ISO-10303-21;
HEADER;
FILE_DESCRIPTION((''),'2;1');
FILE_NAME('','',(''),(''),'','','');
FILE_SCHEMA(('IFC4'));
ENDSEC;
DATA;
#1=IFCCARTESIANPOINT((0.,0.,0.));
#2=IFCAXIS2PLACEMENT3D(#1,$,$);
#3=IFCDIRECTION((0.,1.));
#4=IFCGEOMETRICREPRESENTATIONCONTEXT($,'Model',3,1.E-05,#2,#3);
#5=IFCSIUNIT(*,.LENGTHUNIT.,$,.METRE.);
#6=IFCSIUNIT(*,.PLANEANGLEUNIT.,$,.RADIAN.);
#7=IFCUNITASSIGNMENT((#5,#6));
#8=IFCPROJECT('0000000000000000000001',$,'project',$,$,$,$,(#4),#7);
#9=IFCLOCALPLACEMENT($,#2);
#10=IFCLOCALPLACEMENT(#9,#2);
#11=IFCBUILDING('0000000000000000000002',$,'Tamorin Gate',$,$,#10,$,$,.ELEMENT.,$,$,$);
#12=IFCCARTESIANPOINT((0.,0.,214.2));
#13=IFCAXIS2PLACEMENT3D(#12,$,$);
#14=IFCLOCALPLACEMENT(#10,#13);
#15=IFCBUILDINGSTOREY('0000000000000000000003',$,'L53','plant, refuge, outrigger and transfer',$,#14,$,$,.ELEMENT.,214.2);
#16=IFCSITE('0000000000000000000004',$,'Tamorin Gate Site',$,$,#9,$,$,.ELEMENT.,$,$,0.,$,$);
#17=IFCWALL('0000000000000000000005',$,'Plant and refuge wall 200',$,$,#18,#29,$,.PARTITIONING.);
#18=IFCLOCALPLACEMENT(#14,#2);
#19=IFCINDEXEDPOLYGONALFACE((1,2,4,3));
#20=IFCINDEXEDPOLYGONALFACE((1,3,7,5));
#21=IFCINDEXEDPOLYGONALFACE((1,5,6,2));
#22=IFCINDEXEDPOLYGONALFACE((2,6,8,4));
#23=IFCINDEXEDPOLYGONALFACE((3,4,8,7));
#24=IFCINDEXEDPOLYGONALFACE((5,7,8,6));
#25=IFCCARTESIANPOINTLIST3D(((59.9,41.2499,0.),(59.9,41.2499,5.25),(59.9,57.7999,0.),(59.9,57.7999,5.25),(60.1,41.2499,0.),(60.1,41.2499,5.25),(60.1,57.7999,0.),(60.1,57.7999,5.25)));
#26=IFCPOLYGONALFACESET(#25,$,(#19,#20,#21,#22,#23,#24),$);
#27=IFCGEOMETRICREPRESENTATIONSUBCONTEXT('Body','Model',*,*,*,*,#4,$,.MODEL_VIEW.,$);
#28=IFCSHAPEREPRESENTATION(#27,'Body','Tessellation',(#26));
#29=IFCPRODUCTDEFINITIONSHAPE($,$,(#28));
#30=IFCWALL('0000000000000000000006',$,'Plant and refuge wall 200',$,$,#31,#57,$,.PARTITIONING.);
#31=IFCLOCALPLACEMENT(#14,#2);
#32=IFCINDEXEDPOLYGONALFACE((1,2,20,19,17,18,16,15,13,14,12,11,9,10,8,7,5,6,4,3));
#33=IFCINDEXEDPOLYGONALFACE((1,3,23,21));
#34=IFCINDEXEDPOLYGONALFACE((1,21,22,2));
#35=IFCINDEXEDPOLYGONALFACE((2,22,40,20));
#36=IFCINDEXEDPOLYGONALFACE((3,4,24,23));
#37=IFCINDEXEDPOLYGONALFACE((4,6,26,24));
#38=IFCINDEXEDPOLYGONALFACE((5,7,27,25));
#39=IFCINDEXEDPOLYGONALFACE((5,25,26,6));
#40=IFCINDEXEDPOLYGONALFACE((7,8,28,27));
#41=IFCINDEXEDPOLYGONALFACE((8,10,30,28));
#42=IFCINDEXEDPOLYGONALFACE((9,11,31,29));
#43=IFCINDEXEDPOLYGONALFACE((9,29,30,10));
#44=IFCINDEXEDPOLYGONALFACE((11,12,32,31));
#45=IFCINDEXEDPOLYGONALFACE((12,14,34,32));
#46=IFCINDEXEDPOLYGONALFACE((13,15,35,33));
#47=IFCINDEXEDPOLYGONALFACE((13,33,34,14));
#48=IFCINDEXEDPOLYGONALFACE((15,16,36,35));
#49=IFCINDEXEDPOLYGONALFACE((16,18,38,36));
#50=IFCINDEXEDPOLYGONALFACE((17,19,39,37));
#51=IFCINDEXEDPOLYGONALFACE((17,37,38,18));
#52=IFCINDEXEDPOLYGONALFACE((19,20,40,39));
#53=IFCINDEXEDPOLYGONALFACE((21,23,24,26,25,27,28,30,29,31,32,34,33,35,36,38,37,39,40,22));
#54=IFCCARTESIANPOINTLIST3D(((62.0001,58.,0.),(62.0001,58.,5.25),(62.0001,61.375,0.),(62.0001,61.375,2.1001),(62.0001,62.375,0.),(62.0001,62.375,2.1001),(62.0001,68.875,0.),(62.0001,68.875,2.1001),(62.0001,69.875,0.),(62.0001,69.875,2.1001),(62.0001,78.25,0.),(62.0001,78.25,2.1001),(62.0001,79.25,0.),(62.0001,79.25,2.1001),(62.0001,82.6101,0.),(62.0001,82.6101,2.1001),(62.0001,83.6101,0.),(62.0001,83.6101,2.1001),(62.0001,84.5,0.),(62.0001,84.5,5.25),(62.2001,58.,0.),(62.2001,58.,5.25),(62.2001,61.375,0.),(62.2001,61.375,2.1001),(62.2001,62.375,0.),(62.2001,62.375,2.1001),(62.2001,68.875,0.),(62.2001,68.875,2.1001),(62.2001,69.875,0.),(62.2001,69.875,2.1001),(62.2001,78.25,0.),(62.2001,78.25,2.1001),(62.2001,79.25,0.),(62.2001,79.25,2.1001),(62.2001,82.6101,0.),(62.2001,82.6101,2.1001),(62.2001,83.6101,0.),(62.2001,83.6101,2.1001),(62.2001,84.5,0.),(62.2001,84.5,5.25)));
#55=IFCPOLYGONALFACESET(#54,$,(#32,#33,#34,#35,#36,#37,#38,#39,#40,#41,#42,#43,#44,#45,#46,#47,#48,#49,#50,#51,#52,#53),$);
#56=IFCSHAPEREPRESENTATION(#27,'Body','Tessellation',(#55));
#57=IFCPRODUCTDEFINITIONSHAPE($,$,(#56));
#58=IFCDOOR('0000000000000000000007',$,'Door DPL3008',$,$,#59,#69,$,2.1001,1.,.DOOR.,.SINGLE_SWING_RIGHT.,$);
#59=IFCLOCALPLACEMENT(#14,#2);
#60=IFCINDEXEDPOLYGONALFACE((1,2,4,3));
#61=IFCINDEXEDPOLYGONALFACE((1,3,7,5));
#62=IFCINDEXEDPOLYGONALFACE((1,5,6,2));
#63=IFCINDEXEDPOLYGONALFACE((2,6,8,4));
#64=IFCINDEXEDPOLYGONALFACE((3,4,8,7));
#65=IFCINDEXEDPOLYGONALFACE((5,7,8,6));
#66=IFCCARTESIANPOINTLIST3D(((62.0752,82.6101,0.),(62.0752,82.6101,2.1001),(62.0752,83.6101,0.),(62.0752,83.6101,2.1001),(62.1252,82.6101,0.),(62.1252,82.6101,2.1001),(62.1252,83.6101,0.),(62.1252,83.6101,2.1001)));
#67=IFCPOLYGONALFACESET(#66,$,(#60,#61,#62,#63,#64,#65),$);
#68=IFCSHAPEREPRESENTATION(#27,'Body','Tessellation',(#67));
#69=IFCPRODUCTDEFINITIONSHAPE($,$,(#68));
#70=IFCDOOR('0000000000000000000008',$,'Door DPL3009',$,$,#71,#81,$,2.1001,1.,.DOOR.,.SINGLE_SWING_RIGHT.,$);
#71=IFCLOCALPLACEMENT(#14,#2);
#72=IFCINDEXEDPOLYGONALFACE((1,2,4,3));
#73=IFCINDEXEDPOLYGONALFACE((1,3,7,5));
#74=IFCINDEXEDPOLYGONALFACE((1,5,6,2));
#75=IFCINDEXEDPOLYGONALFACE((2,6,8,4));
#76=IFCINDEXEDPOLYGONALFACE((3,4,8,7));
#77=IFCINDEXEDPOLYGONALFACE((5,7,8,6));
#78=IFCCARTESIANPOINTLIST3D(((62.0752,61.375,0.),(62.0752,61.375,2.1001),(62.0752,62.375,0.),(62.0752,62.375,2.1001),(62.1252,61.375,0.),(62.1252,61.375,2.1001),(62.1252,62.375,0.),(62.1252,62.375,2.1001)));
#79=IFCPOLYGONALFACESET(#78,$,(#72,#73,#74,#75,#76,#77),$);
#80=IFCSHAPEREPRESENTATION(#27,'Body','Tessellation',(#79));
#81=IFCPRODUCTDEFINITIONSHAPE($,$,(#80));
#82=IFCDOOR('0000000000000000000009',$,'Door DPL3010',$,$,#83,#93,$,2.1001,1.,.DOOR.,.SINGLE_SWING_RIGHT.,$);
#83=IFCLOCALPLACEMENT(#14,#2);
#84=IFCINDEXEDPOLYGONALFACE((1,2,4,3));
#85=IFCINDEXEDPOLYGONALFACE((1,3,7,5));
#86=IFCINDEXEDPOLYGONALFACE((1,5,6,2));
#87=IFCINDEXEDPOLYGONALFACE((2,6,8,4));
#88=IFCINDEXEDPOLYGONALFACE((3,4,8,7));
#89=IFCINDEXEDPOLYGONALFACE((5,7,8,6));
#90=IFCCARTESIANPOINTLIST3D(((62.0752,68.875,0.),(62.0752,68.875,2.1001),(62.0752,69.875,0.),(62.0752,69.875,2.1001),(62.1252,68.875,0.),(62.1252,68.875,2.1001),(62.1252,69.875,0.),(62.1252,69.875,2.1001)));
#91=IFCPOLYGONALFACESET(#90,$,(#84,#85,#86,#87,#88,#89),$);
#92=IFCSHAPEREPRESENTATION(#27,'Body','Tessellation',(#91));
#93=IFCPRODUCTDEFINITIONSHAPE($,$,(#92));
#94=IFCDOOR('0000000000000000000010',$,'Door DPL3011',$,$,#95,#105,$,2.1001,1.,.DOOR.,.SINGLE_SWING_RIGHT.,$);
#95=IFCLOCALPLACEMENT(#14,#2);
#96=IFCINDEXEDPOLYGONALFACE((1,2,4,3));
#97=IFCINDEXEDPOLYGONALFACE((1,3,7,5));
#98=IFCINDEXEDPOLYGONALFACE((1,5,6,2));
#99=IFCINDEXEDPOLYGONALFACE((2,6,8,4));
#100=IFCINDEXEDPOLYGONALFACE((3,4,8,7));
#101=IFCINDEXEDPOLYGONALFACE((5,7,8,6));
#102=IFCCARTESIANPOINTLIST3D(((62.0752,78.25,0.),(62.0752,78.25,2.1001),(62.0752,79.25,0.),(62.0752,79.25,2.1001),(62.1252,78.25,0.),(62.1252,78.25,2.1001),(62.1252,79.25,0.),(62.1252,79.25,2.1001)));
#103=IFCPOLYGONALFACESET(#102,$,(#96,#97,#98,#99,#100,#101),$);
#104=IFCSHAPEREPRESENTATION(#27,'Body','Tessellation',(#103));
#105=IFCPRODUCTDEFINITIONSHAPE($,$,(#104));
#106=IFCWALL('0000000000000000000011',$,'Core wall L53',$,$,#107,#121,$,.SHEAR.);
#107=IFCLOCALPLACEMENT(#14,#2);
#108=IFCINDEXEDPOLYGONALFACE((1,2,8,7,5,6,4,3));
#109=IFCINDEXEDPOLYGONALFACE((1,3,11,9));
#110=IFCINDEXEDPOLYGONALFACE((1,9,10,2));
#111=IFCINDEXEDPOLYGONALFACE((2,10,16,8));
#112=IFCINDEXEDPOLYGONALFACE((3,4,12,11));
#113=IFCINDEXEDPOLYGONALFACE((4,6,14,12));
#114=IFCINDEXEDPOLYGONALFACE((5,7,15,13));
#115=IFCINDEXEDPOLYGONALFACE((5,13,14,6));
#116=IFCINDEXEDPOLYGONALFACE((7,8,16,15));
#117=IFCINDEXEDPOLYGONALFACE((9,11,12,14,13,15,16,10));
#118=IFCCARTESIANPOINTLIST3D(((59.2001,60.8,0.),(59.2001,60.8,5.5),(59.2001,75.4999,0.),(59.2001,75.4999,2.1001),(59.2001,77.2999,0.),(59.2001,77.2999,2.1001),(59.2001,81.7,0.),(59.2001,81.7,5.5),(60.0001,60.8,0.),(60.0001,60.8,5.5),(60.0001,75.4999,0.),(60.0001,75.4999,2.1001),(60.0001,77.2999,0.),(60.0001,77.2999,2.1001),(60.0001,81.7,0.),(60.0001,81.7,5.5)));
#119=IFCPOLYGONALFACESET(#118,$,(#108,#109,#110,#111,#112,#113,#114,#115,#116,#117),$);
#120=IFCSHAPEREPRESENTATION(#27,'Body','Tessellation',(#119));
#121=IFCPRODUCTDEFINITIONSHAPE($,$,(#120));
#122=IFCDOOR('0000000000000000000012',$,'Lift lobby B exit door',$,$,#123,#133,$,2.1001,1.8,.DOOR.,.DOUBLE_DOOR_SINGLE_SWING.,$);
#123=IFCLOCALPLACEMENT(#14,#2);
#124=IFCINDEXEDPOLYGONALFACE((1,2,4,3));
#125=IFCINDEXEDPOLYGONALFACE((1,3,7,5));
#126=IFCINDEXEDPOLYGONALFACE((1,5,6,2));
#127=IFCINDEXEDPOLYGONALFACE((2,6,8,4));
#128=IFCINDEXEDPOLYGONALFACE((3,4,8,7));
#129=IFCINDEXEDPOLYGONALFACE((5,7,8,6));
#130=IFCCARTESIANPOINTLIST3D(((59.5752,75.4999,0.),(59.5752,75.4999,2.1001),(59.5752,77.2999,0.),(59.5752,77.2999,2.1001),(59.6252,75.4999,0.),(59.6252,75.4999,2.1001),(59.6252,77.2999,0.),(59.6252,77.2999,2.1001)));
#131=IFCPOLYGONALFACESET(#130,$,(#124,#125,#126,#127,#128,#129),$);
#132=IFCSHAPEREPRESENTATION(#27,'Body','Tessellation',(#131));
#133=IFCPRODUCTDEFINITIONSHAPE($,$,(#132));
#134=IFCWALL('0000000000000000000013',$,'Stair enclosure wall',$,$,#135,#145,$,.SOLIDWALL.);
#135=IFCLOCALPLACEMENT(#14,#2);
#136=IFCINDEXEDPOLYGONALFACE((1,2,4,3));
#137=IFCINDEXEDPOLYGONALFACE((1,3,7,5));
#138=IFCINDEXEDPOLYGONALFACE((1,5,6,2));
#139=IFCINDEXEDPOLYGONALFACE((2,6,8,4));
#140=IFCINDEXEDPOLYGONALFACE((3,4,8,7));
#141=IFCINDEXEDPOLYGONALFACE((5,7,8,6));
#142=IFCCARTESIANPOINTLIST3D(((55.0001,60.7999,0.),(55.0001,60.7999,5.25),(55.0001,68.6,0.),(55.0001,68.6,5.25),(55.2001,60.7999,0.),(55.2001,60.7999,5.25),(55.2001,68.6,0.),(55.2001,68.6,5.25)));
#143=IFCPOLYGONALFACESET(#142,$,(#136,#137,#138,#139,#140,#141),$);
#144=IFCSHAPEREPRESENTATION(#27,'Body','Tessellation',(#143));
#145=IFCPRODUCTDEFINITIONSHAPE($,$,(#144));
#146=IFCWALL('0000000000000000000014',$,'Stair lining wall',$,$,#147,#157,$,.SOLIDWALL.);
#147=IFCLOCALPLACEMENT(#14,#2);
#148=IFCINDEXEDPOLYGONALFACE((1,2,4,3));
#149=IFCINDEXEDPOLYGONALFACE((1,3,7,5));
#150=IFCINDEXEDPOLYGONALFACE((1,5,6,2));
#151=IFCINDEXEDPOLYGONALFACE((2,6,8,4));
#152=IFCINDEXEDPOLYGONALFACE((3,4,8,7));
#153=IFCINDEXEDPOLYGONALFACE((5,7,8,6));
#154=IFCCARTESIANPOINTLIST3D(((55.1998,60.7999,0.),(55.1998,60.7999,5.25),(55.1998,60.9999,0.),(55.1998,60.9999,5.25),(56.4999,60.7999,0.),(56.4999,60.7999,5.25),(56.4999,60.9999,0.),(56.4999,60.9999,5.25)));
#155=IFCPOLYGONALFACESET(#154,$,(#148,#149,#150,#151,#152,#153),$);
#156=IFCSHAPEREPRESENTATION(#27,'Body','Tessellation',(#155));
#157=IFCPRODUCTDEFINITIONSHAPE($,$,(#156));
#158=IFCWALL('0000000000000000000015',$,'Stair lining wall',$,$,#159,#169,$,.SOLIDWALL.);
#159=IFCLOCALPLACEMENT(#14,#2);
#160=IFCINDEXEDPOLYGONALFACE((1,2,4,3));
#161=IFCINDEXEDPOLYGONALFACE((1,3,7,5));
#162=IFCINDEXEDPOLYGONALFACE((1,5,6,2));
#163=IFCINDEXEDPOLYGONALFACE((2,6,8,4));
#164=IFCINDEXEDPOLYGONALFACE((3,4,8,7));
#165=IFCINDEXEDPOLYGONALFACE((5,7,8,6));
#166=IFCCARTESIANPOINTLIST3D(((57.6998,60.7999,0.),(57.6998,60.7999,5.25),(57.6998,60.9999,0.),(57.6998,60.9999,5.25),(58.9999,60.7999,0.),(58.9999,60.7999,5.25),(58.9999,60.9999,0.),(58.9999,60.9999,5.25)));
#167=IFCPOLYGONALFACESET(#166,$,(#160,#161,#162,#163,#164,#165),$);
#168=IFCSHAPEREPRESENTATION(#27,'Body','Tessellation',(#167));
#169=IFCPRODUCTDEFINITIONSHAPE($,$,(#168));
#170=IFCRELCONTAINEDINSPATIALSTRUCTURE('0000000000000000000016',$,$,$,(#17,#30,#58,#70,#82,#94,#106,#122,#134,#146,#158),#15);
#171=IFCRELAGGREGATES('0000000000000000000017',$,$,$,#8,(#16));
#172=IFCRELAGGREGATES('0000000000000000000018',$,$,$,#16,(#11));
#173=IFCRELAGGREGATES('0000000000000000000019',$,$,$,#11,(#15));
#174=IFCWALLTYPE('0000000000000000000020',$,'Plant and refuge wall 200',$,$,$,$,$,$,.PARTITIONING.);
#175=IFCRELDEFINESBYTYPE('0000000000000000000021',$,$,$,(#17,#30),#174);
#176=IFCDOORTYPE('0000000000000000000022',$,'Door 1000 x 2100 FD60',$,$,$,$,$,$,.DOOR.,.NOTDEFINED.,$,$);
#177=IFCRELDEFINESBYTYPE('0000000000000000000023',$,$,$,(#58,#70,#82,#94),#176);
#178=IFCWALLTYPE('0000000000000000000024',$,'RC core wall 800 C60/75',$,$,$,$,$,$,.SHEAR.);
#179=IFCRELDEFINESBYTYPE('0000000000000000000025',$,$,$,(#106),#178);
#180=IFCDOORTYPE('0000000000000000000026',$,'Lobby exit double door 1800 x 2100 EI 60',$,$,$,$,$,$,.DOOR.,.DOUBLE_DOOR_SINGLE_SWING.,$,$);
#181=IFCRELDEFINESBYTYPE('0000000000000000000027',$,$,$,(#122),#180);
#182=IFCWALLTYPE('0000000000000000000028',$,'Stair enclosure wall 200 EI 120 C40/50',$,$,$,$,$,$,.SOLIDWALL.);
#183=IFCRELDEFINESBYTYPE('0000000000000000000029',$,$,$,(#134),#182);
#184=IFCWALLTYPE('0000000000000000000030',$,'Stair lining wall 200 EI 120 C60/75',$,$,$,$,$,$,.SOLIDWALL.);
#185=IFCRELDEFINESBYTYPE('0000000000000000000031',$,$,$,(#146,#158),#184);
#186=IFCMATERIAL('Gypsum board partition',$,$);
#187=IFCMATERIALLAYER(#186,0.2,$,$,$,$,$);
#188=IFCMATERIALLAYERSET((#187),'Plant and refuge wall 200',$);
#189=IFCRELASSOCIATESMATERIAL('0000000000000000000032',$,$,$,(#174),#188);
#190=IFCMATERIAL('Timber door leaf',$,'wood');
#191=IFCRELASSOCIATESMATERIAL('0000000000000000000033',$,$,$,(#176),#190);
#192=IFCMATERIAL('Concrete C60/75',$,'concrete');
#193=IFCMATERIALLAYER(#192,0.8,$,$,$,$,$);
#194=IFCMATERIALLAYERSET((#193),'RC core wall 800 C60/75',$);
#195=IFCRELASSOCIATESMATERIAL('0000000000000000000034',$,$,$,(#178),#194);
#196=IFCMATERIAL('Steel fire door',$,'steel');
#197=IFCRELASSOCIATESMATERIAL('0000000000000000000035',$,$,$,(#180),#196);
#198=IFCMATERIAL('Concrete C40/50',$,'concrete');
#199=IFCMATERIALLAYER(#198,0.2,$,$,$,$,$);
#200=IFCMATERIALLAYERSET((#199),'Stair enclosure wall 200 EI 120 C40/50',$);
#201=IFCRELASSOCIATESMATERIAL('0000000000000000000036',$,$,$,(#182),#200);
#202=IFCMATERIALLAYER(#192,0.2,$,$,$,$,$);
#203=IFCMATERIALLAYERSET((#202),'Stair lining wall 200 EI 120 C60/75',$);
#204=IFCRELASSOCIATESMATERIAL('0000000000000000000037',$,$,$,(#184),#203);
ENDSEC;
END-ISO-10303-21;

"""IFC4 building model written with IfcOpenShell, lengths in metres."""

from ifc_helpers import new_model, si_unit, direction, frame, frame_2d, origin, place, context, subcontext, project, spatial, rectangle, extrude, material, layer, layer_set, type_object, element, fill, save


model = new_model("IFC4")

# Units and contexts
model_context = context("Model", 3, precision=1e-05, world=origin(), true_north=direction((0.0, 1.0)))
body_context = subcontext(model_context, "Body", "Model", "MODEL_VIEW")
ifc_project = project(units=[si_unit("LENGTHUNIT", "METRE"), si_unit("PLANEANGLEUNIT", "RADIAN")], contexts=[model_context])

# Site, building, storey
site_placement = place(None, origin())
site = spatial("IfcSite", under=ifc_project, at=site_placement, Name="Tamorin Gate Site", CompositionType="ELEMENT", RefElevation=0.0)
building_placement = place(site_placement, origin())
building = spatial("IfcBuilding", under=site, at=building_placement, Name="Tamorin Gate", CompositionType="ELEMENT")
storey_placement = place(building_placement, frame((0.0, 0.0, 214.2)))
storey = spatial("IfcBuildingStorey", under=building, at=storey_placement, Name="L53", Description="plant, refuge, outrigger and transfer", CompositionType="ELEMENT", Elevation=214.2)

# Shared definitions
ifc_material_1 = material(Name="Concrete C60/75", Category="concrete")

# Wall
ifc_material_2 = material(Name="Gypsum board partition")
ifc_layer_1 = layer(ifc_material_2, 0.2)
ifc_layer_set_1 = layer_set([ifc_layer_1], Name="Plant and refuge wall 200")
wall_type_1 = type_object("IfcWallType", Name="Plant and refuge wall 200", PredefinedType="PARTITIONING", material=ifc_layer_set_1)
wall_1_placement = place(storey_placement, frame((60.0, 41.25, 0.0), z_axis=(0.0, 0.0, 1.0), x_axis=(0.0, 1.0, 0.0)))
element("IfcWall", 1, at=wall_1_placement, inside=storey, type_object=wall_type_1, Name="Plant and refuge wall 200", PredefinedType="PARTITIONING", context=body_context, shape_type="SweptSolid", body=[
    extrude(rectangle(XDim=16.55, YDim=0.2, at=frame_2d((8.2749, 0.0))), origin(), (0.0, 0.0, 1.0), 5.25),
])

# Wall, openings, doors
wall_2_placement = place(storey_placement, frame((62.1001, 58.0, 0.0), z_axis=(0.0, 0.0, 1.0), x_axis=(0.0, 1.0, 0.0)))
wall_2 = element("IfcWall", 2, at=wall_2_placement, inside=storey, type_object=wall_type_1, Name="Plant and refuge wall 200", PredefinedType="PARTITIONING", context=body_context, shape_type="SweptSolid", body=[
    extrude(rectangle(XDim=26.5, YDim=0.2, at=frame_2d((13.25, 0.0))), origin(), (0.0, 0.0, 1.0), 5.25),
])
opening_1_placement = place(wall_2_placement, frame((24.6101, 0.0, 0.0)))
opening_1 = element("IfcOpeningElement", 3, at=opening_1_placement, cuts=wall_2, PredefinedType="OPENING", context=body_context, shape_type="SweptSolid", body=[
    extrude(rectangle(XDim=1.0, YDim=2.1001, at=frame_2d((0.5, 1.05))), frame((0.0, 0.1099, 0.0), z_axis=(0.0, -1.0, 0.0), x_axis=(1.0, 0.0, 0.0)), (0.0, 0.0, 1.0), 0.22),
])
opening_2_placement = place(wall_2_placement, frame((3.375, 0.0, 0.0)))
opening_2 = element("IfcOpeningElement", 4, at=opening_2_placement, cuts=wall_2, PredefinedType="OPENING", context=body_context, shape_type="SweptSolid", body=[
    extrude(rectangle(XDim=1.0, YDim=2.1001, at=frame_2d((0.5, 1.05))), frame((0.0, 0.1099, 0.0), z_axis=(0.0, -1.0, 0.0), x_axis=(1.0, 0.0, 0.0)), (0.0, 0.0, 1.0), 0.22),
])
opening_3_placement = place(wall_2_placement, frame((10.875, 0.0, 0.0)))
opening_3 = element("IfcOpeningElement", 5, at=opening_3_placement, cuts=wall_2, PredefinedType="OPENING", context=body_context, shape_type="SweptSolid", body=[
    extrude(rectangle(XDim=1.0, YDim=2.1001, at=frame_2d((0.5, 1.05))), frame((0.0, 0.1099, 0.0), z_axis=(0.0, -1.0, 0.0), x_axis=(1.0, 0.0, 0.0)), (0.0, 0.0, 1.0), 0.22),
])
opening_4_placement = place(wall_2_placement, frame((20.25, 0.0, 0.0)))
opening_4 = element("IfcOpeningElement", 6, at=opening_4_placement, cuts=wall_2, PredefinedType="OPENING", context=body_context, shape_type="SweptSolid", body=[
    extrude(rectangle(XDim=1.0, YDim=2.1001, at=frame_2d((0.5, 1.05))), frame((0.0, 0.1099, 0.0), z_axis=(0.0, -1.0, 0.0), x_axis=(1.0, 0.0, 0.0)), (0.0, 0.0, 1.0), 0.22),
])
ifc_material_3 = material(Name="Timber door leaf", Category="wood")
door_type_1 = type_object("IfcDoorType", Name="Door 1000 x 2100 FD60", OperationType="NOTDEFINED", PredefinedType="DOOR", material=ifc_material_3)
door_1_placement = place(opening_1_placement, origin())
door_1 = element("IfcDoor", 7, at=door_1_placement, inside=storey, type_object=door_type_1, Name="Door DPL3008", OperationType="SINGLE_SWING_RIGHT", OverallHeight=2.1001, OverallWidth=1.0, PredefinedType="DOOR", context=body_context, shape_type="SweptSolid", body=[
    extrude(rectangle(XDim=1.0, YDim=2.1001, at=frame_2d((0.5, 1.05))), frame((0.0, 0.0249, 0.0), z_axis=(0.0, -1.0, 0.0), x_axis=(1.0, 0.0, 0.0)), (0.0, 0.0, 1.0), 0.05),
])
fill(opening_1, door_1)
door_2_placement = place(opening_2_placement, origin())
door_2 = element("IfcDoor", 8, at=door_2_placement, inside=storey, type_object=door_type_1, Name="Door DPL3009", OperationType="SINGLE_SWING_RIGHT", OverallHeight=2.1001, OverallWidth=1.0, PredefinedType="DOOR", context=body_context, shape_type="SweptSolid", body=[
    extrude(rectangle(XDim=1.0, YDim=2.1001, at=frame_2d((0.5, 1.05))), frame((0.0, 0.0249, 0.0), z_axis=(0.0, -1.0, 0.0), x_axis=(1.0, 0.0, 0.0)), (0.0, 0.0, 1.0), 0.05),
])
fill(opening_2, door_2)
door_3_placement = place(opening_3_placement, origin())
door_3 = element("IfcDoor", 9, at=door_3_placement, inside=storey, type_object=door_type_1, Name="Door DPL3010", OperationType="SINGLE_SWING_RIGHT", OverallHeight=2.1001, OverallWidth=1.0, PredefinedType="DOOR", context=body_context, shape_type="SweptSolid", body=[
    extrude(rectangle(XDim=1.0, YDim=2.1001, at=frame_2d((0.5, 1.05))), frame((0.0, 0.0249, 0.0), z_axis=(0.0, -1.0, 0.0), x_axis=(1.0, 0.0, 0.0)), (0.0, 0.0, 1.0), 0.05),
])
fill(opening_3, door_3)
door_4_placement = place(opening_4_placement, origin())
door_4 = element("IfcDoor", 10, at=door_4_placement, inside=storey, type_object=door_type_1, Name="Door DPL3011", OperationType="SINGLE_SWING_RIGHT", OverallHeight=2.1001, OverallWidth=1.0, PredefinedType="DOOR", context=body_context, shape_type="SweptSolid", body=[
    extrude(rectangle(XDim=1.0, YDim=2.1001, at=frame_2d((0.5, 1.05))), frame((0.0, 0.0249, 0.0), z_axis=(0.0, -1.0, 0.0), x_axis=(1.0, 0.0, 0.0)), (0.0, 0.0, 1.0), 0.05),
])
fill(opening_4, door_4)

# Wall, opening, door
ifc_layer_2 = layer(ifc_material_1, 0.8)
ifc_layer_set_2 = layer_set([ifc_layer_2], Name="RC core wall 800 C60/75")
wall_type_2 = type_object("IfcWallType", Name="RC core wall 800 C60/75", PredefinedType="SHEAR", material=ifc_layer_set_2)
wall_3_placement = place(storey_placement, frame((59.6001, 60.8, 0.0), z_axis=(0.0, 0.0, 1.0), x_axis=(0.0, 1.0, 0.0)))
wall_3 = element("IfcWall", 11, at=wall_3_placement, inside=storey, type_object=wall_type_2, Name="Core wall L53", PredefinedType="SHEAR", context=body_context, shape_type="SweptSolid", body=[
    extrude(rectangle(XDim=20.8999, YDim=0.8, at=frame_2d((10.45, 0.0))), origin(), (0.0, 0.0, 1.0), 5.5),
])
opening_5_placement = place(wall_3_placement, frame((14.7, 0.0, 0.0)))
opening_5 = element("IfcOpeningElement", 12, at=opening_5_placement, cuts=wall_3, PredefinedType="OPENING", context=body_context, shape_type="SweptSolid", body=[
    extrude(rectangle(XDim=1.8, YDim=2.1001, at=frame_2d((0.8999, 1.05))), frame((0.0, 0.4099, 0.0), z_axis=(0.0, -1.0, 0.0), x_axis=(1.0, 0.0, 0.0)), (0.0, 0.0, 1.0), 0.8201),
])
ifc_material_4 = material(Name="Steel fire door", Category="steel")
door_type_2 = type_object("IfcDoorType", Name="Lobby exit double door 1800 x 2100 EI 60", OperationType="DOUBLE_DOOR_SINGLE_SWING", PredefinedType="DOOR", material=ifc_material_4)
door_5_placement = place(opening_5_placement, origin())
door_5 = element("IfcDoor", 13, at=door_5_placement, inside=storey, type_object=door_type_2, Name="Lift lobby B exit door", OperationType="DOUBLE_DOOR_SINGLE_SWING", OverallHeight=2.1001, OverallWidth=1.8, PredefinedType="DOOR", context=body_context, shape_type="SweptSolid", body=[
    extrude(rectangle(XDim=1.8, YDim=2.1001, at=frame_2d((0.8999, 1.05))), frame((0.0, 0.0249, 0.0), z_axis=(0.0, -1.0, 0.0), x_axis=(1.0, 0.0, 0.0)), (0.0, 0.0, 1.0), 0.05),
])
fill(opening_5, door_5)

# Walls
ifc_material_5 = material(Name="Concrete C40/50", Category="concrete")
ifc_layer_3 = layer(ifc_material_5, 0.2)
ifc_layer_set_3 = layer_set([ifc_layer_3], Name="Stair enclosure wall 200 EI 120 C40/50")
wall_type_3 = type_object("IfcWallType", Name="Stair enclosure wall 200 EI 120 C40/50", PredefinedType="SOLIDWALL", material=ifc_layer_set_3)
wall_4_placement = place(storey_placement, frame((55.1001, 60.8, 0.0), z_axis=(0.0, 0.0, 1.0), x_axis=(0.0, 1.0, 0.0)))
element("IfcWall", 14, at=wall_4_placement, inside=storey, type_object=wall_type_3, Name="Stair enclosure wall", PredefinedType="SOLIDWALL", context=body_context, shape_type="SweptSolid", body=[
    extrude(rectangle(XDim=7.8, YDim=0.2, at=frame_2d((3.8999, 0.0))), origin(), (0.0, 0.0, 1.0), 5.25),
])
ifc_layer_4 = layer(ifc_material_1, 0.2)
ifc_layer_set_4 = layer_set([ifc_layer_4], Name="Stair lining wall 200 EI 120 C60/75")
wall_type_4 = type_object("IfcWallType", Name="Stair lining wall 200 EI 120 C60/75", PredefinedType="SOLIDWALL", material=ifc_layer_set_4)
for number, where, z_axis, x_axis, name in (
    (15, (55.2, 60.8999, 0.0), (0.0, 0.0, 1.0), (1.0, 0.0, 0.0), "Stair lining wall"),
    (16, (57.7, 60.8999, 0.0), (0.0, 0.0, 1.0), (1.0, 0.0, 0.0), "Stair lining wall"),
):
    element("IfcWall", number, at=place(storey_placement, frame(where, z_axis=z_axis, x_axis=x_axis)), inside=storey, type_object=wall_type_4, Name=name, PredefinedType="SOLIDWALL", context=body_context, shape_type="SweptSolid", body=[
        extrude(rectangle(XDim=1.3, YDim=0.2, at=frame_2d((0.6499, 0.0))), origin(), (0.0, 0.0, 1.0), 5.25),
    ])

save(model, "model.ifc")
